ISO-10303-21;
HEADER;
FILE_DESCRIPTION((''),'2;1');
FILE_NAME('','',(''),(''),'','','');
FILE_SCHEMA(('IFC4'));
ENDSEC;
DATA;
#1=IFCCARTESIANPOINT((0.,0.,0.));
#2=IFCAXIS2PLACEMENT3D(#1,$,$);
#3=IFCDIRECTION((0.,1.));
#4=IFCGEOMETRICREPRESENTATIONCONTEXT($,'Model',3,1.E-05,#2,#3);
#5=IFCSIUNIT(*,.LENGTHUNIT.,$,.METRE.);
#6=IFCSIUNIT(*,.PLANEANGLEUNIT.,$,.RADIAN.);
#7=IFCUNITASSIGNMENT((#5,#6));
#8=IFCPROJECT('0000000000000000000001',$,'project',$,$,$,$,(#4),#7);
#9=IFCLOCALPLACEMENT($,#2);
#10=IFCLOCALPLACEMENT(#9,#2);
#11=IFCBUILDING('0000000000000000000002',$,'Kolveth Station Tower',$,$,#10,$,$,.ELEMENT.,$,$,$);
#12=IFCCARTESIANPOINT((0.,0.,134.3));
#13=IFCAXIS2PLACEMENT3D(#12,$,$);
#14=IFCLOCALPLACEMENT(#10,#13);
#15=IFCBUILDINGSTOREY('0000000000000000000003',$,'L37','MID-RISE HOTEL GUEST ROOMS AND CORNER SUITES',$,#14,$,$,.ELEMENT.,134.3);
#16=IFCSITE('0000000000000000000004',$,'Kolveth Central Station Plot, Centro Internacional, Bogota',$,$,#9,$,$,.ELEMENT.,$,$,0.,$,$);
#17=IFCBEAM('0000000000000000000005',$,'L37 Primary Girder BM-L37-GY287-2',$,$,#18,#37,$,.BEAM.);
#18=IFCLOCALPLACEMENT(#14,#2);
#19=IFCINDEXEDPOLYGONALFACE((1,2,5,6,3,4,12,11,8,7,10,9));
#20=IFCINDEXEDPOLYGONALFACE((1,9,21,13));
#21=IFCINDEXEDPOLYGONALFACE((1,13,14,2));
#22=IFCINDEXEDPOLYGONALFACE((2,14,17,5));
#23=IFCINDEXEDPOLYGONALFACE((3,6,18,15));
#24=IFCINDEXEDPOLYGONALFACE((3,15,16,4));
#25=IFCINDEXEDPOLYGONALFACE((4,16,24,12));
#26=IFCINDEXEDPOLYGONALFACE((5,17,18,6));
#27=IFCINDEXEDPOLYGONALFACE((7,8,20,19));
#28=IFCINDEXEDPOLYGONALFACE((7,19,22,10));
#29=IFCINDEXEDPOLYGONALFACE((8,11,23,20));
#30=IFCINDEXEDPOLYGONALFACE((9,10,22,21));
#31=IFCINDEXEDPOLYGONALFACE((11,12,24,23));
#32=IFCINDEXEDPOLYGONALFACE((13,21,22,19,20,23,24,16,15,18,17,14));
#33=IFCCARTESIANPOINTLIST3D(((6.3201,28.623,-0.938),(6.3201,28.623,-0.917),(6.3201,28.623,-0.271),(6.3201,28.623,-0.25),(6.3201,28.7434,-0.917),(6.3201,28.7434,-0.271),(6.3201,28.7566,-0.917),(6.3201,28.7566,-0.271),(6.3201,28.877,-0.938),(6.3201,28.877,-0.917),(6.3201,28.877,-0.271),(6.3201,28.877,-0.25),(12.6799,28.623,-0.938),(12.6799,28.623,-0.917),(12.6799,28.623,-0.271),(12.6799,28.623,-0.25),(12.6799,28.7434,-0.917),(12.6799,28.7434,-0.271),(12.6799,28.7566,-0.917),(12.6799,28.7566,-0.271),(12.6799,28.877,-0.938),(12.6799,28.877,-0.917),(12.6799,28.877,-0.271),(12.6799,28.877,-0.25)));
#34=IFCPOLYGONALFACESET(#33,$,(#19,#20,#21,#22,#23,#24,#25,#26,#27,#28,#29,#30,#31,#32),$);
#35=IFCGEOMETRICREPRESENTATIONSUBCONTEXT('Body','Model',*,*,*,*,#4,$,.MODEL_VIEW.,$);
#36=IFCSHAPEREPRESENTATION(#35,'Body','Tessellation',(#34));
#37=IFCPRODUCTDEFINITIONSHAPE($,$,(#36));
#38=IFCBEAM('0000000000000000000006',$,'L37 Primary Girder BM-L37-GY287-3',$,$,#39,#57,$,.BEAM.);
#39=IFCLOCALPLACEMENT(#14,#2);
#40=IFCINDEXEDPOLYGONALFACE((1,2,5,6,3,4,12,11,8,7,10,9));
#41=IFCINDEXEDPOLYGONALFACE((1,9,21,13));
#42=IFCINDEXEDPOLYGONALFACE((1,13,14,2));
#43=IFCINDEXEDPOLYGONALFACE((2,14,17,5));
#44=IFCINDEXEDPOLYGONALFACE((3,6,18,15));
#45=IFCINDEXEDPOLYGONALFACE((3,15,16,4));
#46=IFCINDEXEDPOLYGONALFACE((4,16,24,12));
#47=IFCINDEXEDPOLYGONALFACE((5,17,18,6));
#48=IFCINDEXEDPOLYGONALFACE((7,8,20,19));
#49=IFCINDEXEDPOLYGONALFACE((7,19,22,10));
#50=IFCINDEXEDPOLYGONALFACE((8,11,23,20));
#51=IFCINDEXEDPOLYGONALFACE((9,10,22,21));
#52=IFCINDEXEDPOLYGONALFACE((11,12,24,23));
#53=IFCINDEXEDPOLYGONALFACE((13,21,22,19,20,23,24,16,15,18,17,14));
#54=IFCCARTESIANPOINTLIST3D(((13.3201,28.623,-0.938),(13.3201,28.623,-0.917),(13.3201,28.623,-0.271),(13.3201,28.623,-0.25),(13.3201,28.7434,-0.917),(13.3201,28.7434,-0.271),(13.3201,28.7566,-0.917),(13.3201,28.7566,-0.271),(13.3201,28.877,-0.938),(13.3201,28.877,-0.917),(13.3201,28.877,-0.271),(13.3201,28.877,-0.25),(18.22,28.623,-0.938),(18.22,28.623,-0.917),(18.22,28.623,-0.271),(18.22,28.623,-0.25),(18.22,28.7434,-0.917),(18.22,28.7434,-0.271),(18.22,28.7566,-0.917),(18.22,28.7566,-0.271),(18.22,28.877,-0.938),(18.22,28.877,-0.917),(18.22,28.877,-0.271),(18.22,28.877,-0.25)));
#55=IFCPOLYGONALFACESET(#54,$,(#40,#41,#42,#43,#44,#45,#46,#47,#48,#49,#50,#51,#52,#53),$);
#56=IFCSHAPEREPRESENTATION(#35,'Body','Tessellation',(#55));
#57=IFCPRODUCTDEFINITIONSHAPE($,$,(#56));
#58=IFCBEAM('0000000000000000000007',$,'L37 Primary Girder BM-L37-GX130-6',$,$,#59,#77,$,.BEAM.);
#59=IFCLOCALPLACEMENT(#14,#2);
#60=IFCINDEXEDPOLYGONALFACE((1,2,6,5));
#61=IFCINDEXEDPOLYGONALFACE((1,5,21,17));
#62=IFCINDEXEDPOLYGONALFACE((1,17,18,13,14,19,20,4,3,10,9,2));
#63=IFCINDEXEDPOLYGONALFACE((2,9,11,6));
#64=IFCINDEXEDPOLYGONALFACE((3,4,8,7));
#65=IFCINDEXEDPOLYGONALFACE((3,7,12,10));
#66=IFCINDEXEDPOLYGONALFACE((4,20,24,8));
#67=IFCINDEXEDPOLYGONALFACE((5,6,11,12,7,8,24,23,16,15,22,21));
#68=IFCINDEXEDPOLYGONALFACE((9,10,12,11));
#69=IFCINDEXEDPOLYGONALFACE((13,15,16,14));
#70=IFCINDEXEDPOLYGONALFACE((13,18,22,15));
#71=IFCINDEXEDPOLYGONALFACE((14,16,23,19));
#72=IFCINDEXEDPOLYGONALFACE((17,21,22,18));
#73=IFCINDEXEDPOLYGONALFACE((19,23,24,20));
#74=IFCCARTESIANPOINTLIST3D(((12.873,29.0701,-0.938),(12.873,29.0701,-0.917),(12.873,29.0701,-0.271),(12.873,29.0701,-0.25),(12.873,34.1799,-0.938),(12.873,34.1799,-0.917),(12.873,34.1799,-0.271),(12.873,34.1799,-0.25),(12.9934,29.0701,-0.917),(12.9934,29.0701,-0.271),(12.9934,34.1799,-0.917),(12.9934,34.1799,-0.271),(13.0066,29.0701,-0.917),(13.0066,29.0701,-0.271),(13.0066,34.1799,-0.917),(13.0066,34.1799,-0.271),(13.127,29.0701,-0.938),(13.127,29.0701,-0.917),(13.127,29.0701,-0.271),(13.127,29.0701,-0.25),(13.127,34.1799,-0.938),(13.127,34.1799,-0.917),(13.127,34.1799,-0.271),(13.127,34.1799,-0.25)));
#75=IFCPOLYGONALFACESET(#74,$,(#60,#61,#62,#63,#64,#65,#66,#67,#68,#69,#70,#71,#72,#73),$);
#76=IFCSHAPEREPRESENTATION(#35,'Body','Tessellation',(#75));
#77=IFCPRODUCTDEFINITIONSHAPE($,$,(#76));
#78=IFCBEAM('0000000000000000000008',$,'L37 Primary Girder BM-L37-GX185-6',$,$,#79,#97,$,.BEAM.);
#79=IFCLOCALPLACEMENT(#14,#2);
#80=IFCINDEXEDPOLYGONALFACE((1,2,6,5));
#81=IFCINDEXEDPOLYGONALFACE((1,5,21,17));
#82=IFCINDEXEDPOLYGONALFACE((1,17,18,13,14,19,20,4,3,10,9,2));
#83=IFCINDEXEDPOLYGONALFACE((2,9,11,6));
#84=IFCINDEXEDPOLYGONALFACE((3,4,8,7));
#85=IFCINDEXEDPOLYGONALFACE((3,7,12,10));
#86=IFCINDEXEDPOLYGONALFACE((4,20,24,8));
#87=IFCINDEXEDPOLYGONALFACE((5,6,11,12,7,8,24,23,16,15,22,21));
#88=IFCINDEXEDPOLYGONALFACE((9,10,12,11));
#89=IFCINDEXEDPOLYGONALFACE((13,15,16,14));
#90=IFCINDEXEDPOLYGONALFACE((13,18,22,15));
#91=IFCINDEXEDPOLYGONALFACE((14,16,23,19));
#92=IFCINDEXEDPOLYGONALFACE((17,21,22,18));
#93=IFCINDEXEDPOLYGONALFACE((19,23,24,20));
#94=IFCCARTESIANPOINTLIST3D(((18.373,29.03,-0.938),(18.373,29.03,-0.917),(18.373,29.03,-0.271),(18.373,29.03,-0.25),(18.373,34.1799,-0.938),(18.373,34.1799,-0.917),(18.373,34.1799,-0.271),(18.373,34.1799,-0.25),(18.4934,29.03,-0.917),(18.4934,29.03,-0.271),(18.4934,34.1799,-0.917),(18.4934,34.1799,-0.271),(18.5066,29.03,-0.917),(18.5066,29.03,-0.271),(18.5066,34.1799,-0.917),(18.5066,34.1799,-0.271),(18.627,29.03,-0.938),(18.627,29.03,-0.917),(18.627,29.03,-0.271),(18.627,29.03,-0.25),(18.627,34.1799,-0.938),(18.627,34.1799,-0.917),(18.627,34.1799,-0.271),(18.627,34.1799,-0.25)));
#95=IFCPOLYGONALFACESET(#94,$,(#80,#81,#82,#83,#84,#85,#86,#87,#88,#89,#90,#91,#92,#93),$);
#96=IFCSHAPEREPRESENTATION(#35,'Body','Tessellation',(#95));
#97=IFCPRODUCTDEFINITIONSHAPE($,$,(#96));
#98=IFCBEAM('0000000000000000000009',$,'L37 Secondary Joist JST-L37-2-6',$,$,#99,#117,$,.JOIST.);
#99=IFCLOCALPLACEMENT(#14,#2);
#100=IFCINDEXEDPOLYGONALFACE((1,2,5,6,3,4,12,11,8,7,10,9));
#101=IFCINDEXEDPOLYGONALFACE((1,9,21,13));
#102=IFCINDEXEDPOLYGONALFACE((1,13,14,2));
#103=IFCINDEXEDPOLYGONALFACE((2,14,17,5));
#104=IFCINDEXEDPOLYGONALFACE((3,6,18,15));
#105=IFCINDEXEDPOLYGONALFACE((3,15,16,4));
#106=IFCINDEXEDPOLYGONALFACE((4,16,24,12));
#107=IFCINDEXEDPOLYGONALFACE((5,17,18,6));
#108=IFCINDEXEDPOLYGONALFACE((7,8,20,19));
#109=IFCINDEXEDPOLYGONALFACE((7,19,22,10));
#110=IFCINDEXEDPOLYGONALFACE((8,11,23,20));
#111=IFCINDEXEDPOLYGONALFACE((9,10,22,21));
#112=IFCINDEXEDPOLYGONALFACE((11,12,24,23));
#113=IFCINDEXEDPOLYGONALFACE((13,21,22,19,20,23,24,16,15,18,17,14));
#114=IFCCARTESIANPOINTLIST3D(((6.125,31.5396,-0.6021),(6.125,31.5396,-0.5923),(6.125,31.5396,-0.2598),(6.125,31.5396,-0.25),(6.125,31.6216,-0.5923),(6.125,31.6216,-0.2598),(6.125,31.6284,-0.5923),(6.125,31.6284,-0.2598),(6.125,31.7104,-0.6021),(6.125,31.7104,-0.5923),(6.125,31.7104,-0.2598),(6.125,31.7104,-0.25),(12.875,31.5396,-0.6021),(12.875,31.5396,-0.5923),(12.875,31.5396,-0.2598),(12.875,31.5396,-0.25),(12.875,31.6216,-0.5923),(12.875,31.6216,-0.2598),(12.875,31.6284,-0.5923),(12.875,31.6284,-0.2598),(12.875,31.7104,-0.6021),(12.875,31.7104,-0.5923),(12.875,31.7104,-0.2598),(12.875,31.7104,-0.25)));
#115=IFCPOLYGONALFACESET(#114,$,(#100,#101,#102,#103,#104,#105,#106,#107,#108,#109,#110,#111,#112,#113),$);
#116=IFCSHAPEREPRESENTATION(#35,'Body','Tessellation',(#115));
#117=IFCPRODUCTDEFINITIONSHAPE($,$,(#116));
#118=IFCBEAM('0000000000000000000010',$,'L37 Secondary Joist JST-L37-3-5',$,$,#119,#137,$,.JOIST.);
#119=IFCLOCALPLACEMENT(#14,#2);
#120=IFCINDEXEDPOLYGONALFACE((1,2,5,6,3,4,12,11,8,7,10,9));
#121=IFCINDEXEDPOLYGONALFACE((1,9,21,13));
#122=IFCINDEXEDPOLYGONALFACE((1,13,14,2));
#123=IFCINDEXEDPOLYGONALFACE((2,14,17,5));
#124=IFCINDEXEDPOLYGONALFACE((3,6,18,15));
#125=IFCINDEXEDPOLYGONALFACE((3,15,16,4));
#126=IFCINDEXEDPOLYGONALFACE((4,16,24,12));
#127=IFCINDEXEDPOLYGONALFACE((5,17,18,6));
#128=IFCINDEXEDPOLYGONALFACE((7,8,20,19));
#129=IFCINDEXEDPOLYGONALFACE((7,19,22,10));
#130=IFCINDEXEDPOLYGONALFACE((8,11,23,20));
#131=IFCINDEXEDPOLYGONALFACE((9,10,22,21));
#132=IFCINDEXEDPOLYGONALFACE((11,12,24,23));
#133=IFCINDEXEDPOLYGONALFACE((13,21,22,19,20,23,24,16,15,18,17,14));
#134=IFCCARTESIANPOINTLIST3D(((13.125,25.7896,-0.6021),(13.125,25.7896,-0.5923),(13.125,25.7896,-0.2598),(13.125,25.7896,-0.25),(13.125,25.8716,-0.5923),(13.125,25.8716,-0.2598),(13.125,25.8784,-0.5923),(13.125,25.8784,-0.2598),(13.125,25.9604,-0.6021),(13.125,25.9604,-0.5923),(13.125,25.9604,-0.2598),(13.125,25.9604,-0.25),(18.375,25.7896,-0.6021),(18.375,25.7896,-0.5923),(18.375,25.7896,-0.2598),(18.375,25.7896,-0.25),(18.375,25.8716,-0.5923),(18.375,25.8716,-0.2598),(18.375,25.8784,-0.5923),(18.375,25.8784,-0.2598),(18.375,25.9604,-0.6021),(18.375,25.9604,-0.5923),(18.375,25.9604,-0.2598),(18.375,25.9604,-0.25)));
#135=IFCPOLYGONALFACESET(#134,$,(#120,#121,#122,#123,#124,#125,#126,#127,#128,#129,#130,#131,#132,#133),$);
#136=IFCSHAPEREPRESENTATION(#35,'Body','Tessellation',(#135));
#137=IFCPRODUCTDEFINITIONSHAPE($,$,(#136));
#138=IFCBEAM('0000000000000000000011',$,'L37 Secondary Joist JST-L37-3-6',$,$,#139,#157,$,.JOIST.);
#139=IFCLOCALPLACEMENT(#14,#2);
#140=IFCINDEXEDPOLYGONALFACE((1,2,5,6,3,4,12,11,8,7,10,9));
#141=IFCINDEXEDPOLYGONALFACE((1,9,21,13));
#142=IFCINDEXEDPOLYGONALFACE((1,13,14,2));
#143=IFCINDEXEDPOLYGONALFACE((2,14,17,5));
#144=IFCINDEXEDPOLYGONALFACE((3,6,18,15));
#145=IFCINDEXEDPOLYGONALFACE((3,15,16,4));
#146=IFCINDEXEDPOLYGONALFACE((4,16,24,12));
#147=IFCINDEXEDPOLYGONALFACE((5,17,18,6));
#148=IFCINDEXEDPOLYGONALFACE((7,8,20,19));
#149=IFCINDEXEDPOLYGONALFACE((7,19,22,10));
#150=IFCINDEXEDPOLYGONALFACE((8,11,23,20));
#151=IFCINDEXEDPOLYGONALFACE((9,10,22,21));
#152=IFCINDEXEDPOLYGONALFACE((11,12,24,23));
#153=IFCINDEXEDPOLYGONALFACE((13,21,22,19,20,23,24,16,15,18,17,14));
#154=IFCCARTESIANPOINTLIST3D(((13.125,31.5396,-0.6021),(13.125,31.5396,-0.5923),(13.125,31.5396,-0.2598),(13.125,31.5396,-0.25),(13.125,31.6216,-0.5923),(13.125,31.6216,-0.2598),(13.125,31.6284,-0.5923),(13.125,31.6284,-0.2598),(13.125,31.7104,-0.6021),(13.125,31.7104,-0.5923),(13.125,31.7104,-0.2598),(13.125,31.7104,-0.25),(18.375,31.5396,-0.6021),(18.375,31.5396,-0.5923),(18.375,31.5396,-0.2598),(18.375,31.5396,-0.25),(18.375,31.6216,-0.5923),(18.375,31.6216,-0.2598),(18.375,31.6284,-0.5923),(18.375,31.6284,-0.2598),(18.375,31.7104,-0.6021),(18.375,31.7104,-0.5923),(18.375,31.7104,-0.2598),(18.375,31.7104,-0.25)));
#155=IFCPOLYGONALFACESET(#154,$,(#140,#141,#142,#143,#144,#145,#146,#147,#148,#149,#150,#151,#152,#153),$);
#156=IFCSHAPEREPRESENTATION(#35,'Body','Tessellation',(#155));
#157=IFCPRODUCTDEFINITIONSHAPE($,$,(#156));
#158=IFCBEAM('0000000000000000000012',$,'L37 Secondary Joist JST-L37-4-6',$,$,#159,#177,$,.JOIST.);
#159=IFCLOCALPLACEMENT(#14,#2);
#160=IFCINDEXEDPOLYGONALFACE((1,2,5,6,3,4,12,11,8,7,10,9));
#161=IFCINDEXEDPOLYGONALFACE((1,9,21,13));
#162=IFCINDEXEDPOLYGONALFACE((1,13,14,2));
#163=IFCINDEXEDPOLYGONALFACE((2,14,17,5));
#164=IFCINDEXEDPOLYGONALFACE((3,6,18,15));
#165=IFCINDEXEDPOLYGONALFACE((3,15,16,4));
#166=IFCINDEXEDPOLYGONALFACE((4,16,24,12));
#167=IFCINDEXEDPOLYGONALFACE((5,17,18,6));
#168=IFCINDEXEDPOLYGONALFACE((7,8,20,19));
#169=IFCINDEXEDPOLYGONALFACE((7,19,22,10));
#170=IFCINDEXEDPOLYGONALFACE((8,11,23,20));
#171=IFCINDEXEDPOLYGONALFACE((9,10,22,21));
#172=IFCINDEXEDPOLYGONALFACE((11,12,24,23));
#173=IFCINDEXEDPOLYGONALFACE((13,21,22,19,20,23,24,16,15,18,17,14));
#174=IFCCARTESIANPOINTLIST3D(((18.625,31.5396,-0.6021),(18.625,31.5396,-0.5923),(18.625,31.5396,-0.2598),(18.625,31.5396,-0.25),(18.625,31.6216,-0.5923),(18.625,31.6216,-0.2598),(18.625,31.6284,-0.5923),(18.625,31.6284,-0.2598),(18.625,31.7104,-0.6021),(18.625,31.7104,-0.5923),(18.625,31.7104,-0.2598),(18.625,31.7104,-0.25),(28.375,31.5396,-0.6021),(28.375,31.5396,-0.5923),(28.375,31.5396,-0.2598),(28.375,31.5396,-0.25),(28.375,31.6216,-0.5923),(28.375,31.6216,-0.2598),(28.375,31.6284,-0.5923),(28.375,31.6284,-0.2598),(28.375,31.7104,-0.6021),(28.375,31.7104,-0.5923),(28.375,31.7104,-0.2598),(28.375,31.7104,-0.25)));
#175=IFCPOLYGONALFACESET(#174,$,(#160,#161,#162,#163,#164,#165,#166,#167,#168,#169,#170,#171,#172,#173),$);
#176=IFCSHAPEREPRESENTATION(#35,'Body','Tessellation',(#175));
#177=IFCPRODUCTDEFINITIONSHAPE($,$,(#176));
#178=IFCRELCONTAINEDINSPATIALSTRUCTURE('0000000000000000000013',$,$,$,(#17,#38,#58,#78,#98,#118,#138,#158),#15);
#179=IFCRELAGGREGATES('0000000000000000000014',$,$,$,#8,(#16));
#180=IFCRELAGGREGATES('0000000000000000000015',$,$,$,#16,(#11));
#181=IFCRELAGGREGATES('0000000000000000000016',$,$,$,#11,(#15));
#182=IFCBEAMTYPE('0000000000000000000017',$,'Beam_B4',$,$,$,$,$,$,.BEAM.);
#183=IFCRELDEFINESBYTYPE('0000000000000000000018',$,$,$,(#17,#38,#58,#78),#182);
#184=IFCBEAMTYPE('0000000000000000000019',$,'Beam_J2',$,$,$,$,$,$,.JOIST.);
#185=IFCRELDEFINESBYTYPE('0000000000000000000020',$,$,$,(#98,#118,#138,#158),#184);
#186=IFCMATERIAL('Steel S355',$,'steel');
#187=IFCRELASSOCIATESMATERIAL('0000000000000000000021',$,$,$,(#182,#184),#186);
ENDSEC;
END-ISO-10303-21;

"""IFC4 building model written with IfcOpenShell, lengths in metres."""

from ifc_helpers import new_model, si_unit, direction, frame, origin, origin_2d, place, context, subcontext, project, spatial, i_section, extrude, source, transform, mapped, material, material_profile, profile_set, type_object, element, save


model = new_model("IFC4")

# Units and contexts
model_context = context("Model", 3, precision=1e-05, world=origin(), true_north=direction((0.0, 1.0)))
body_context = subcontext(model_context, "Body", "Model", "MODEL_VIEW")
ifc_project = project(units=[si_unit("LENGTHUNIT", "METRE"), si_unit("PLANEANGLEUNIT", "RADIAN")], contexts=[model_context])

# Site, building, storey
site_placement = place(None, origin())
site = spatial("IfcSite", under=ifc_project, at=site_placement, Name="Kolveth Central Station Plot, Centro Internacional, Bogota", CompositionType="ELEMENT", RefElevation=0.0)
building_placement = place(site_placement, origin())
building = spatial("IfcBuilding", under=site, at=building_placement, Name="Kolveth Station Tower", CompositionType="ELEMENT")
storey_placement = place(building_placement, frame((0.0, 0.0, 134.3)))
storey = spatial("IfcBuildingStorey", under=building, at=storey_placement, Name="L37", Description="MID-RISE HOTEL GUEST ROOMS AND CORNER SUITES", CompositionType="ELEMENT", Elevation=134.3)

# Shared definitions
ifc_material_1 = material(Name="Steel S355", Category="steel")

# Beams
ifc_material_profile_1 = material_profile(ifc_material_1, i_section(OverallWidth=0.2539, OverallDepth=0.688, WebThickness=0.0132, FlangeThickness=0.021, at=origin_2d()), Name="W690x152")
ifc_profile_set_1 = profile_set([ifc_material_profile_1], Name="Steel S355")
beam_type_1 = type_object("IfcBeamType", Name="Beam_B4", PredefinedType="BEAM", material=ifc_profile_set_1)
shared_shape_1 = source(origin(), body_context, "Body", "SweptSolid", [
    extrude(i_section(OverallWidth=0.2539, OverallDepth=0.688, WebThickness=0.0132, FlangeThickness=0.021, at=origin_2d()), origin(), (0.0, 0.0, 1.0), 6.3599),
])
beam_1_placement = place(storey_placement, frame((6.3201, 28.75, -0.594), z_axis=(1.0, 0.0, 0.0), x_axis=(0.0, 1.0, 0.0)))
element("IfcBeam", 1, at=beam_1_placement, inside=storey, type_object=beam_type_1, Name="L37 Primary Girder BM-L37-GY287-2", PredefinedType="BEAM", context=body_context, shape_type="MappedRepresentation", body=[
    mapped(shared_shape_1, transform((0.0, 0.0, 0.0), x_axis=(1.0, 0.0, 0.0), y_axis=(0.0, 1.0, 0.0), z_axis=(0.0, 0.0, 1.0), scale=1.0)),
])
shared_shape_2 = source(origin(), body_context, "Body", "SweptSolid", [
    extrude(i_section(OverallWidth=0.2539, OverallDepth=0.688, WebThickness=0.0132, FlangeThickness=0.021, at=origin_2d()), origin(), (0.0, 0.0, 1.0), 4.8999),
])
beam_2_placement = place(storey_placement, frame((13.3201, 28.75, -0.594), z_axis=(1.0, 0.0, 0.0), x_axis=(0.0, 1.0, 0.0)))
element("IfcBeam", 2, at=beam_2_placement, inside=storey, type_object=beam_type_1, Name="L37 Primary Girder BM-L37-GY287-3", PredefinedType="BEAM", context=body_context, shape_type="MappedRepresentation", body=[
    mapped(shared_shape_2, transform((0.0, 0.0, 0.0), x_axis=(1.0, 0.0, 0.0), y_axis=(0.0, 1.0, 0.0), z_axis=(0.0, 0.0, 1.0), scale=1.0)),
])
shared_shape_3 = source(origin(), body_context, "Body", "SweptSolid", [
    extrude(i_section(OverallWidth=0.2539, OverallDepth=0.688, WebThickness=0.0132, FlangeThickness=0.021, at=origin_2d()), origin(), (0.0, 0.0, 1.0), 5.1099),
])
beam_3_placement = place(storey_placement, frame((13.0, 29.0701, -0.594), z_axis=(0.0, 1.0, 0.0), x_axis=(-1.0, 0.0, 0.0)))
element("IfcBeam", 3, at=beam_3_placement, inside=storey, type_object=beam_type_1, Name="L37 Primary Girder BM-L37-GX130-6", PredefinedType="BEAM", context=body_context, shape_type="MappedRepresentation", body=[
    mapped(shared_shape_3, transform((0.0, 0.0, 0.0), x_axis=(1.0, 0.0, 0.0), y_axis=(0.0, 1.0, 0.0), z_axis=(0.0, 0.0, 1.0), scale=1.0)),
])
shared_shape_4 = source(origin(), body_context, "Body", "SweptSolid", [
    extrude(i_section(OverallWidth=0.2539, OverallDepth=0.688, WebThickness=0.0132, FlangeThickness=0.021, at=origin_2d()), origin(), (0.0, 0.0, 1.0), 5.1499),
])
beam_4_placement = place(storey_placement, frame((18.5, 29.03, -0.594), z_axis=(0.0, 1.0, 0.0), x_axis=(-1.0, 0.0, 0.0)))
element("IfcBeam", 4, at=beam_4_placement, inside=storey, type_object=beam_type_1, Name="L37 Primary Girder BM-L37-GX185-6", PredefinedType="BEAM", context=body_context, shape_type="MappedRepresentation", body=[
    mapped(shared_shape_4, transform((0.0, 0.0, 0.0), x_axis=(1.0, 0.0, 0.0), y_axis=(0.0, 1.0, 0.0), z_axis=(0.0, 0.0, 1.0), scale=1.0)),
])
ifc_material_profile_2 = material_profile(ifc_material_1, i_section(OverallWidth=0.1709, OverallDepth=0.3521, WebThickness=0.0068, FlangeThickness=0.0098, at=origin_2d()), Name="W360x44")
ifc_profile_set_2 = profile_set([ifc_material_profile_2], Name="Steel S355")
beam_type_2 = type_object("IfcBeamType", Name="Beam_J2", PredefinedType="JOIST", material=ifc_profile_set_2)
shared_shape_5 = source(origin(), body_context, "Body", "SweptSolid", [
    extrude(i_section(OverallWidth=0.1709, OverallDepth=0.3521, WebThickness=0.0068, FlangeThickness=0.0098, at=origin_2d()), origin(), (0.0, 0.0, 1.0), 6.75),
])
beam_5_placement = place(storey_placement, frame((6.125, 31.625, -0.426), z_axis=(1.0, 0.0, 0.0), x_axis=(0.0, 1.0, 0.0)))
element("IfcBeam", 5, at=beam_5_placement, inside=storey, type_object=beam_type_2, Name="L37 Secondary Joist JST-L37-2-6", PredefinedType="JOIST", context=body_context, shape_type="MappedRepresentation", body=[
    mapped(shared_shape_5, transform((0.0, 0.0, 0.0), x_axis=(1.0, 0.0, 0.0), y_axis=(0.0, 1.0, 0.0), z_axis=(0.0, 0.0, 1.0), scale=1.0)),
])
shared_shape_6 = source(origin(), body_context, "Body", "SweptSolid", [
    extrude(i_section(OverallWidth=0.1709, OverallDepth=0.3521, WebThickness=0.0068, FlangeThickness=0.0098, at=origin_2d()), origin(), (0.0, 0.0, 1.0), 5.25),
])
for number, where, z_axis, x_axis, name in (
    (6, (13.125, 25.875, -0.426), (1.0, 0.0, 0.0), (0.0, 1.0, 0.0), "L37 Secondary Joist JST-L37-3-5"),
    (7, (13.125, 31.625, -0.426), (1.0, 0.0, 0.0), (0.0, 1.0, 0.0), "L37 Secondary Joist JST-L37-3-6"),
):
    element("IfcBeam", number, at=place(storey_placement, frame(where, z_axis=z_axis, x_axis=x_axis)), inside=storey, type_object=beam_type_2, Name=name, PredefinedType="JOIST", context=body_context, shape_type="MappedRepresentation", body=[
        mapped(shared_shape_6, transform((0.0, 0.0, 0.0), x_axis=(1.0, 0.0, 0.0), y_axis=(0.0, 1.0, 0.0), z_axis=(0.0, 0.0, 1.0), scale=1.0)),
    ])
shared_shape_7 = source(origin(), body_context, "Body", "SweptSolid", [
    extrude(i_section(OverallWidth=0.1709, OverallDepth=0.3521, WebThickness=0.0068, FlangeThickness=0.0098, at=origin_2d()), origin(), (0.0, 0.0, 1.0), 9.75),
])
beam_6_placement = place(storey_placement, frame((18.625, 31.625, -0.426), z_axis=(1.0, 0.0, 0.0), x_axis=(0.0, 1.0, 0.0)))
element("IfcBeam", 8, at=beam_6_placement, inside=storey, type_object=beam_type_2, Name="L37 Secondary Joist JST-L37-4-6", PredefinedType="JOIST", context=body_context, shape_type="MappedRepresentation", body=[
    mapped(shared_shape_7, transform((0.0, 0.0, 0.0), x_axis=(1.0, 0.0, 0.0), y_axis=(0.0, 1.0, 0.0), z_axis=(0.0, 0.0, 1.0), scale=1.0)),
])

save(model, "model.ifc")
